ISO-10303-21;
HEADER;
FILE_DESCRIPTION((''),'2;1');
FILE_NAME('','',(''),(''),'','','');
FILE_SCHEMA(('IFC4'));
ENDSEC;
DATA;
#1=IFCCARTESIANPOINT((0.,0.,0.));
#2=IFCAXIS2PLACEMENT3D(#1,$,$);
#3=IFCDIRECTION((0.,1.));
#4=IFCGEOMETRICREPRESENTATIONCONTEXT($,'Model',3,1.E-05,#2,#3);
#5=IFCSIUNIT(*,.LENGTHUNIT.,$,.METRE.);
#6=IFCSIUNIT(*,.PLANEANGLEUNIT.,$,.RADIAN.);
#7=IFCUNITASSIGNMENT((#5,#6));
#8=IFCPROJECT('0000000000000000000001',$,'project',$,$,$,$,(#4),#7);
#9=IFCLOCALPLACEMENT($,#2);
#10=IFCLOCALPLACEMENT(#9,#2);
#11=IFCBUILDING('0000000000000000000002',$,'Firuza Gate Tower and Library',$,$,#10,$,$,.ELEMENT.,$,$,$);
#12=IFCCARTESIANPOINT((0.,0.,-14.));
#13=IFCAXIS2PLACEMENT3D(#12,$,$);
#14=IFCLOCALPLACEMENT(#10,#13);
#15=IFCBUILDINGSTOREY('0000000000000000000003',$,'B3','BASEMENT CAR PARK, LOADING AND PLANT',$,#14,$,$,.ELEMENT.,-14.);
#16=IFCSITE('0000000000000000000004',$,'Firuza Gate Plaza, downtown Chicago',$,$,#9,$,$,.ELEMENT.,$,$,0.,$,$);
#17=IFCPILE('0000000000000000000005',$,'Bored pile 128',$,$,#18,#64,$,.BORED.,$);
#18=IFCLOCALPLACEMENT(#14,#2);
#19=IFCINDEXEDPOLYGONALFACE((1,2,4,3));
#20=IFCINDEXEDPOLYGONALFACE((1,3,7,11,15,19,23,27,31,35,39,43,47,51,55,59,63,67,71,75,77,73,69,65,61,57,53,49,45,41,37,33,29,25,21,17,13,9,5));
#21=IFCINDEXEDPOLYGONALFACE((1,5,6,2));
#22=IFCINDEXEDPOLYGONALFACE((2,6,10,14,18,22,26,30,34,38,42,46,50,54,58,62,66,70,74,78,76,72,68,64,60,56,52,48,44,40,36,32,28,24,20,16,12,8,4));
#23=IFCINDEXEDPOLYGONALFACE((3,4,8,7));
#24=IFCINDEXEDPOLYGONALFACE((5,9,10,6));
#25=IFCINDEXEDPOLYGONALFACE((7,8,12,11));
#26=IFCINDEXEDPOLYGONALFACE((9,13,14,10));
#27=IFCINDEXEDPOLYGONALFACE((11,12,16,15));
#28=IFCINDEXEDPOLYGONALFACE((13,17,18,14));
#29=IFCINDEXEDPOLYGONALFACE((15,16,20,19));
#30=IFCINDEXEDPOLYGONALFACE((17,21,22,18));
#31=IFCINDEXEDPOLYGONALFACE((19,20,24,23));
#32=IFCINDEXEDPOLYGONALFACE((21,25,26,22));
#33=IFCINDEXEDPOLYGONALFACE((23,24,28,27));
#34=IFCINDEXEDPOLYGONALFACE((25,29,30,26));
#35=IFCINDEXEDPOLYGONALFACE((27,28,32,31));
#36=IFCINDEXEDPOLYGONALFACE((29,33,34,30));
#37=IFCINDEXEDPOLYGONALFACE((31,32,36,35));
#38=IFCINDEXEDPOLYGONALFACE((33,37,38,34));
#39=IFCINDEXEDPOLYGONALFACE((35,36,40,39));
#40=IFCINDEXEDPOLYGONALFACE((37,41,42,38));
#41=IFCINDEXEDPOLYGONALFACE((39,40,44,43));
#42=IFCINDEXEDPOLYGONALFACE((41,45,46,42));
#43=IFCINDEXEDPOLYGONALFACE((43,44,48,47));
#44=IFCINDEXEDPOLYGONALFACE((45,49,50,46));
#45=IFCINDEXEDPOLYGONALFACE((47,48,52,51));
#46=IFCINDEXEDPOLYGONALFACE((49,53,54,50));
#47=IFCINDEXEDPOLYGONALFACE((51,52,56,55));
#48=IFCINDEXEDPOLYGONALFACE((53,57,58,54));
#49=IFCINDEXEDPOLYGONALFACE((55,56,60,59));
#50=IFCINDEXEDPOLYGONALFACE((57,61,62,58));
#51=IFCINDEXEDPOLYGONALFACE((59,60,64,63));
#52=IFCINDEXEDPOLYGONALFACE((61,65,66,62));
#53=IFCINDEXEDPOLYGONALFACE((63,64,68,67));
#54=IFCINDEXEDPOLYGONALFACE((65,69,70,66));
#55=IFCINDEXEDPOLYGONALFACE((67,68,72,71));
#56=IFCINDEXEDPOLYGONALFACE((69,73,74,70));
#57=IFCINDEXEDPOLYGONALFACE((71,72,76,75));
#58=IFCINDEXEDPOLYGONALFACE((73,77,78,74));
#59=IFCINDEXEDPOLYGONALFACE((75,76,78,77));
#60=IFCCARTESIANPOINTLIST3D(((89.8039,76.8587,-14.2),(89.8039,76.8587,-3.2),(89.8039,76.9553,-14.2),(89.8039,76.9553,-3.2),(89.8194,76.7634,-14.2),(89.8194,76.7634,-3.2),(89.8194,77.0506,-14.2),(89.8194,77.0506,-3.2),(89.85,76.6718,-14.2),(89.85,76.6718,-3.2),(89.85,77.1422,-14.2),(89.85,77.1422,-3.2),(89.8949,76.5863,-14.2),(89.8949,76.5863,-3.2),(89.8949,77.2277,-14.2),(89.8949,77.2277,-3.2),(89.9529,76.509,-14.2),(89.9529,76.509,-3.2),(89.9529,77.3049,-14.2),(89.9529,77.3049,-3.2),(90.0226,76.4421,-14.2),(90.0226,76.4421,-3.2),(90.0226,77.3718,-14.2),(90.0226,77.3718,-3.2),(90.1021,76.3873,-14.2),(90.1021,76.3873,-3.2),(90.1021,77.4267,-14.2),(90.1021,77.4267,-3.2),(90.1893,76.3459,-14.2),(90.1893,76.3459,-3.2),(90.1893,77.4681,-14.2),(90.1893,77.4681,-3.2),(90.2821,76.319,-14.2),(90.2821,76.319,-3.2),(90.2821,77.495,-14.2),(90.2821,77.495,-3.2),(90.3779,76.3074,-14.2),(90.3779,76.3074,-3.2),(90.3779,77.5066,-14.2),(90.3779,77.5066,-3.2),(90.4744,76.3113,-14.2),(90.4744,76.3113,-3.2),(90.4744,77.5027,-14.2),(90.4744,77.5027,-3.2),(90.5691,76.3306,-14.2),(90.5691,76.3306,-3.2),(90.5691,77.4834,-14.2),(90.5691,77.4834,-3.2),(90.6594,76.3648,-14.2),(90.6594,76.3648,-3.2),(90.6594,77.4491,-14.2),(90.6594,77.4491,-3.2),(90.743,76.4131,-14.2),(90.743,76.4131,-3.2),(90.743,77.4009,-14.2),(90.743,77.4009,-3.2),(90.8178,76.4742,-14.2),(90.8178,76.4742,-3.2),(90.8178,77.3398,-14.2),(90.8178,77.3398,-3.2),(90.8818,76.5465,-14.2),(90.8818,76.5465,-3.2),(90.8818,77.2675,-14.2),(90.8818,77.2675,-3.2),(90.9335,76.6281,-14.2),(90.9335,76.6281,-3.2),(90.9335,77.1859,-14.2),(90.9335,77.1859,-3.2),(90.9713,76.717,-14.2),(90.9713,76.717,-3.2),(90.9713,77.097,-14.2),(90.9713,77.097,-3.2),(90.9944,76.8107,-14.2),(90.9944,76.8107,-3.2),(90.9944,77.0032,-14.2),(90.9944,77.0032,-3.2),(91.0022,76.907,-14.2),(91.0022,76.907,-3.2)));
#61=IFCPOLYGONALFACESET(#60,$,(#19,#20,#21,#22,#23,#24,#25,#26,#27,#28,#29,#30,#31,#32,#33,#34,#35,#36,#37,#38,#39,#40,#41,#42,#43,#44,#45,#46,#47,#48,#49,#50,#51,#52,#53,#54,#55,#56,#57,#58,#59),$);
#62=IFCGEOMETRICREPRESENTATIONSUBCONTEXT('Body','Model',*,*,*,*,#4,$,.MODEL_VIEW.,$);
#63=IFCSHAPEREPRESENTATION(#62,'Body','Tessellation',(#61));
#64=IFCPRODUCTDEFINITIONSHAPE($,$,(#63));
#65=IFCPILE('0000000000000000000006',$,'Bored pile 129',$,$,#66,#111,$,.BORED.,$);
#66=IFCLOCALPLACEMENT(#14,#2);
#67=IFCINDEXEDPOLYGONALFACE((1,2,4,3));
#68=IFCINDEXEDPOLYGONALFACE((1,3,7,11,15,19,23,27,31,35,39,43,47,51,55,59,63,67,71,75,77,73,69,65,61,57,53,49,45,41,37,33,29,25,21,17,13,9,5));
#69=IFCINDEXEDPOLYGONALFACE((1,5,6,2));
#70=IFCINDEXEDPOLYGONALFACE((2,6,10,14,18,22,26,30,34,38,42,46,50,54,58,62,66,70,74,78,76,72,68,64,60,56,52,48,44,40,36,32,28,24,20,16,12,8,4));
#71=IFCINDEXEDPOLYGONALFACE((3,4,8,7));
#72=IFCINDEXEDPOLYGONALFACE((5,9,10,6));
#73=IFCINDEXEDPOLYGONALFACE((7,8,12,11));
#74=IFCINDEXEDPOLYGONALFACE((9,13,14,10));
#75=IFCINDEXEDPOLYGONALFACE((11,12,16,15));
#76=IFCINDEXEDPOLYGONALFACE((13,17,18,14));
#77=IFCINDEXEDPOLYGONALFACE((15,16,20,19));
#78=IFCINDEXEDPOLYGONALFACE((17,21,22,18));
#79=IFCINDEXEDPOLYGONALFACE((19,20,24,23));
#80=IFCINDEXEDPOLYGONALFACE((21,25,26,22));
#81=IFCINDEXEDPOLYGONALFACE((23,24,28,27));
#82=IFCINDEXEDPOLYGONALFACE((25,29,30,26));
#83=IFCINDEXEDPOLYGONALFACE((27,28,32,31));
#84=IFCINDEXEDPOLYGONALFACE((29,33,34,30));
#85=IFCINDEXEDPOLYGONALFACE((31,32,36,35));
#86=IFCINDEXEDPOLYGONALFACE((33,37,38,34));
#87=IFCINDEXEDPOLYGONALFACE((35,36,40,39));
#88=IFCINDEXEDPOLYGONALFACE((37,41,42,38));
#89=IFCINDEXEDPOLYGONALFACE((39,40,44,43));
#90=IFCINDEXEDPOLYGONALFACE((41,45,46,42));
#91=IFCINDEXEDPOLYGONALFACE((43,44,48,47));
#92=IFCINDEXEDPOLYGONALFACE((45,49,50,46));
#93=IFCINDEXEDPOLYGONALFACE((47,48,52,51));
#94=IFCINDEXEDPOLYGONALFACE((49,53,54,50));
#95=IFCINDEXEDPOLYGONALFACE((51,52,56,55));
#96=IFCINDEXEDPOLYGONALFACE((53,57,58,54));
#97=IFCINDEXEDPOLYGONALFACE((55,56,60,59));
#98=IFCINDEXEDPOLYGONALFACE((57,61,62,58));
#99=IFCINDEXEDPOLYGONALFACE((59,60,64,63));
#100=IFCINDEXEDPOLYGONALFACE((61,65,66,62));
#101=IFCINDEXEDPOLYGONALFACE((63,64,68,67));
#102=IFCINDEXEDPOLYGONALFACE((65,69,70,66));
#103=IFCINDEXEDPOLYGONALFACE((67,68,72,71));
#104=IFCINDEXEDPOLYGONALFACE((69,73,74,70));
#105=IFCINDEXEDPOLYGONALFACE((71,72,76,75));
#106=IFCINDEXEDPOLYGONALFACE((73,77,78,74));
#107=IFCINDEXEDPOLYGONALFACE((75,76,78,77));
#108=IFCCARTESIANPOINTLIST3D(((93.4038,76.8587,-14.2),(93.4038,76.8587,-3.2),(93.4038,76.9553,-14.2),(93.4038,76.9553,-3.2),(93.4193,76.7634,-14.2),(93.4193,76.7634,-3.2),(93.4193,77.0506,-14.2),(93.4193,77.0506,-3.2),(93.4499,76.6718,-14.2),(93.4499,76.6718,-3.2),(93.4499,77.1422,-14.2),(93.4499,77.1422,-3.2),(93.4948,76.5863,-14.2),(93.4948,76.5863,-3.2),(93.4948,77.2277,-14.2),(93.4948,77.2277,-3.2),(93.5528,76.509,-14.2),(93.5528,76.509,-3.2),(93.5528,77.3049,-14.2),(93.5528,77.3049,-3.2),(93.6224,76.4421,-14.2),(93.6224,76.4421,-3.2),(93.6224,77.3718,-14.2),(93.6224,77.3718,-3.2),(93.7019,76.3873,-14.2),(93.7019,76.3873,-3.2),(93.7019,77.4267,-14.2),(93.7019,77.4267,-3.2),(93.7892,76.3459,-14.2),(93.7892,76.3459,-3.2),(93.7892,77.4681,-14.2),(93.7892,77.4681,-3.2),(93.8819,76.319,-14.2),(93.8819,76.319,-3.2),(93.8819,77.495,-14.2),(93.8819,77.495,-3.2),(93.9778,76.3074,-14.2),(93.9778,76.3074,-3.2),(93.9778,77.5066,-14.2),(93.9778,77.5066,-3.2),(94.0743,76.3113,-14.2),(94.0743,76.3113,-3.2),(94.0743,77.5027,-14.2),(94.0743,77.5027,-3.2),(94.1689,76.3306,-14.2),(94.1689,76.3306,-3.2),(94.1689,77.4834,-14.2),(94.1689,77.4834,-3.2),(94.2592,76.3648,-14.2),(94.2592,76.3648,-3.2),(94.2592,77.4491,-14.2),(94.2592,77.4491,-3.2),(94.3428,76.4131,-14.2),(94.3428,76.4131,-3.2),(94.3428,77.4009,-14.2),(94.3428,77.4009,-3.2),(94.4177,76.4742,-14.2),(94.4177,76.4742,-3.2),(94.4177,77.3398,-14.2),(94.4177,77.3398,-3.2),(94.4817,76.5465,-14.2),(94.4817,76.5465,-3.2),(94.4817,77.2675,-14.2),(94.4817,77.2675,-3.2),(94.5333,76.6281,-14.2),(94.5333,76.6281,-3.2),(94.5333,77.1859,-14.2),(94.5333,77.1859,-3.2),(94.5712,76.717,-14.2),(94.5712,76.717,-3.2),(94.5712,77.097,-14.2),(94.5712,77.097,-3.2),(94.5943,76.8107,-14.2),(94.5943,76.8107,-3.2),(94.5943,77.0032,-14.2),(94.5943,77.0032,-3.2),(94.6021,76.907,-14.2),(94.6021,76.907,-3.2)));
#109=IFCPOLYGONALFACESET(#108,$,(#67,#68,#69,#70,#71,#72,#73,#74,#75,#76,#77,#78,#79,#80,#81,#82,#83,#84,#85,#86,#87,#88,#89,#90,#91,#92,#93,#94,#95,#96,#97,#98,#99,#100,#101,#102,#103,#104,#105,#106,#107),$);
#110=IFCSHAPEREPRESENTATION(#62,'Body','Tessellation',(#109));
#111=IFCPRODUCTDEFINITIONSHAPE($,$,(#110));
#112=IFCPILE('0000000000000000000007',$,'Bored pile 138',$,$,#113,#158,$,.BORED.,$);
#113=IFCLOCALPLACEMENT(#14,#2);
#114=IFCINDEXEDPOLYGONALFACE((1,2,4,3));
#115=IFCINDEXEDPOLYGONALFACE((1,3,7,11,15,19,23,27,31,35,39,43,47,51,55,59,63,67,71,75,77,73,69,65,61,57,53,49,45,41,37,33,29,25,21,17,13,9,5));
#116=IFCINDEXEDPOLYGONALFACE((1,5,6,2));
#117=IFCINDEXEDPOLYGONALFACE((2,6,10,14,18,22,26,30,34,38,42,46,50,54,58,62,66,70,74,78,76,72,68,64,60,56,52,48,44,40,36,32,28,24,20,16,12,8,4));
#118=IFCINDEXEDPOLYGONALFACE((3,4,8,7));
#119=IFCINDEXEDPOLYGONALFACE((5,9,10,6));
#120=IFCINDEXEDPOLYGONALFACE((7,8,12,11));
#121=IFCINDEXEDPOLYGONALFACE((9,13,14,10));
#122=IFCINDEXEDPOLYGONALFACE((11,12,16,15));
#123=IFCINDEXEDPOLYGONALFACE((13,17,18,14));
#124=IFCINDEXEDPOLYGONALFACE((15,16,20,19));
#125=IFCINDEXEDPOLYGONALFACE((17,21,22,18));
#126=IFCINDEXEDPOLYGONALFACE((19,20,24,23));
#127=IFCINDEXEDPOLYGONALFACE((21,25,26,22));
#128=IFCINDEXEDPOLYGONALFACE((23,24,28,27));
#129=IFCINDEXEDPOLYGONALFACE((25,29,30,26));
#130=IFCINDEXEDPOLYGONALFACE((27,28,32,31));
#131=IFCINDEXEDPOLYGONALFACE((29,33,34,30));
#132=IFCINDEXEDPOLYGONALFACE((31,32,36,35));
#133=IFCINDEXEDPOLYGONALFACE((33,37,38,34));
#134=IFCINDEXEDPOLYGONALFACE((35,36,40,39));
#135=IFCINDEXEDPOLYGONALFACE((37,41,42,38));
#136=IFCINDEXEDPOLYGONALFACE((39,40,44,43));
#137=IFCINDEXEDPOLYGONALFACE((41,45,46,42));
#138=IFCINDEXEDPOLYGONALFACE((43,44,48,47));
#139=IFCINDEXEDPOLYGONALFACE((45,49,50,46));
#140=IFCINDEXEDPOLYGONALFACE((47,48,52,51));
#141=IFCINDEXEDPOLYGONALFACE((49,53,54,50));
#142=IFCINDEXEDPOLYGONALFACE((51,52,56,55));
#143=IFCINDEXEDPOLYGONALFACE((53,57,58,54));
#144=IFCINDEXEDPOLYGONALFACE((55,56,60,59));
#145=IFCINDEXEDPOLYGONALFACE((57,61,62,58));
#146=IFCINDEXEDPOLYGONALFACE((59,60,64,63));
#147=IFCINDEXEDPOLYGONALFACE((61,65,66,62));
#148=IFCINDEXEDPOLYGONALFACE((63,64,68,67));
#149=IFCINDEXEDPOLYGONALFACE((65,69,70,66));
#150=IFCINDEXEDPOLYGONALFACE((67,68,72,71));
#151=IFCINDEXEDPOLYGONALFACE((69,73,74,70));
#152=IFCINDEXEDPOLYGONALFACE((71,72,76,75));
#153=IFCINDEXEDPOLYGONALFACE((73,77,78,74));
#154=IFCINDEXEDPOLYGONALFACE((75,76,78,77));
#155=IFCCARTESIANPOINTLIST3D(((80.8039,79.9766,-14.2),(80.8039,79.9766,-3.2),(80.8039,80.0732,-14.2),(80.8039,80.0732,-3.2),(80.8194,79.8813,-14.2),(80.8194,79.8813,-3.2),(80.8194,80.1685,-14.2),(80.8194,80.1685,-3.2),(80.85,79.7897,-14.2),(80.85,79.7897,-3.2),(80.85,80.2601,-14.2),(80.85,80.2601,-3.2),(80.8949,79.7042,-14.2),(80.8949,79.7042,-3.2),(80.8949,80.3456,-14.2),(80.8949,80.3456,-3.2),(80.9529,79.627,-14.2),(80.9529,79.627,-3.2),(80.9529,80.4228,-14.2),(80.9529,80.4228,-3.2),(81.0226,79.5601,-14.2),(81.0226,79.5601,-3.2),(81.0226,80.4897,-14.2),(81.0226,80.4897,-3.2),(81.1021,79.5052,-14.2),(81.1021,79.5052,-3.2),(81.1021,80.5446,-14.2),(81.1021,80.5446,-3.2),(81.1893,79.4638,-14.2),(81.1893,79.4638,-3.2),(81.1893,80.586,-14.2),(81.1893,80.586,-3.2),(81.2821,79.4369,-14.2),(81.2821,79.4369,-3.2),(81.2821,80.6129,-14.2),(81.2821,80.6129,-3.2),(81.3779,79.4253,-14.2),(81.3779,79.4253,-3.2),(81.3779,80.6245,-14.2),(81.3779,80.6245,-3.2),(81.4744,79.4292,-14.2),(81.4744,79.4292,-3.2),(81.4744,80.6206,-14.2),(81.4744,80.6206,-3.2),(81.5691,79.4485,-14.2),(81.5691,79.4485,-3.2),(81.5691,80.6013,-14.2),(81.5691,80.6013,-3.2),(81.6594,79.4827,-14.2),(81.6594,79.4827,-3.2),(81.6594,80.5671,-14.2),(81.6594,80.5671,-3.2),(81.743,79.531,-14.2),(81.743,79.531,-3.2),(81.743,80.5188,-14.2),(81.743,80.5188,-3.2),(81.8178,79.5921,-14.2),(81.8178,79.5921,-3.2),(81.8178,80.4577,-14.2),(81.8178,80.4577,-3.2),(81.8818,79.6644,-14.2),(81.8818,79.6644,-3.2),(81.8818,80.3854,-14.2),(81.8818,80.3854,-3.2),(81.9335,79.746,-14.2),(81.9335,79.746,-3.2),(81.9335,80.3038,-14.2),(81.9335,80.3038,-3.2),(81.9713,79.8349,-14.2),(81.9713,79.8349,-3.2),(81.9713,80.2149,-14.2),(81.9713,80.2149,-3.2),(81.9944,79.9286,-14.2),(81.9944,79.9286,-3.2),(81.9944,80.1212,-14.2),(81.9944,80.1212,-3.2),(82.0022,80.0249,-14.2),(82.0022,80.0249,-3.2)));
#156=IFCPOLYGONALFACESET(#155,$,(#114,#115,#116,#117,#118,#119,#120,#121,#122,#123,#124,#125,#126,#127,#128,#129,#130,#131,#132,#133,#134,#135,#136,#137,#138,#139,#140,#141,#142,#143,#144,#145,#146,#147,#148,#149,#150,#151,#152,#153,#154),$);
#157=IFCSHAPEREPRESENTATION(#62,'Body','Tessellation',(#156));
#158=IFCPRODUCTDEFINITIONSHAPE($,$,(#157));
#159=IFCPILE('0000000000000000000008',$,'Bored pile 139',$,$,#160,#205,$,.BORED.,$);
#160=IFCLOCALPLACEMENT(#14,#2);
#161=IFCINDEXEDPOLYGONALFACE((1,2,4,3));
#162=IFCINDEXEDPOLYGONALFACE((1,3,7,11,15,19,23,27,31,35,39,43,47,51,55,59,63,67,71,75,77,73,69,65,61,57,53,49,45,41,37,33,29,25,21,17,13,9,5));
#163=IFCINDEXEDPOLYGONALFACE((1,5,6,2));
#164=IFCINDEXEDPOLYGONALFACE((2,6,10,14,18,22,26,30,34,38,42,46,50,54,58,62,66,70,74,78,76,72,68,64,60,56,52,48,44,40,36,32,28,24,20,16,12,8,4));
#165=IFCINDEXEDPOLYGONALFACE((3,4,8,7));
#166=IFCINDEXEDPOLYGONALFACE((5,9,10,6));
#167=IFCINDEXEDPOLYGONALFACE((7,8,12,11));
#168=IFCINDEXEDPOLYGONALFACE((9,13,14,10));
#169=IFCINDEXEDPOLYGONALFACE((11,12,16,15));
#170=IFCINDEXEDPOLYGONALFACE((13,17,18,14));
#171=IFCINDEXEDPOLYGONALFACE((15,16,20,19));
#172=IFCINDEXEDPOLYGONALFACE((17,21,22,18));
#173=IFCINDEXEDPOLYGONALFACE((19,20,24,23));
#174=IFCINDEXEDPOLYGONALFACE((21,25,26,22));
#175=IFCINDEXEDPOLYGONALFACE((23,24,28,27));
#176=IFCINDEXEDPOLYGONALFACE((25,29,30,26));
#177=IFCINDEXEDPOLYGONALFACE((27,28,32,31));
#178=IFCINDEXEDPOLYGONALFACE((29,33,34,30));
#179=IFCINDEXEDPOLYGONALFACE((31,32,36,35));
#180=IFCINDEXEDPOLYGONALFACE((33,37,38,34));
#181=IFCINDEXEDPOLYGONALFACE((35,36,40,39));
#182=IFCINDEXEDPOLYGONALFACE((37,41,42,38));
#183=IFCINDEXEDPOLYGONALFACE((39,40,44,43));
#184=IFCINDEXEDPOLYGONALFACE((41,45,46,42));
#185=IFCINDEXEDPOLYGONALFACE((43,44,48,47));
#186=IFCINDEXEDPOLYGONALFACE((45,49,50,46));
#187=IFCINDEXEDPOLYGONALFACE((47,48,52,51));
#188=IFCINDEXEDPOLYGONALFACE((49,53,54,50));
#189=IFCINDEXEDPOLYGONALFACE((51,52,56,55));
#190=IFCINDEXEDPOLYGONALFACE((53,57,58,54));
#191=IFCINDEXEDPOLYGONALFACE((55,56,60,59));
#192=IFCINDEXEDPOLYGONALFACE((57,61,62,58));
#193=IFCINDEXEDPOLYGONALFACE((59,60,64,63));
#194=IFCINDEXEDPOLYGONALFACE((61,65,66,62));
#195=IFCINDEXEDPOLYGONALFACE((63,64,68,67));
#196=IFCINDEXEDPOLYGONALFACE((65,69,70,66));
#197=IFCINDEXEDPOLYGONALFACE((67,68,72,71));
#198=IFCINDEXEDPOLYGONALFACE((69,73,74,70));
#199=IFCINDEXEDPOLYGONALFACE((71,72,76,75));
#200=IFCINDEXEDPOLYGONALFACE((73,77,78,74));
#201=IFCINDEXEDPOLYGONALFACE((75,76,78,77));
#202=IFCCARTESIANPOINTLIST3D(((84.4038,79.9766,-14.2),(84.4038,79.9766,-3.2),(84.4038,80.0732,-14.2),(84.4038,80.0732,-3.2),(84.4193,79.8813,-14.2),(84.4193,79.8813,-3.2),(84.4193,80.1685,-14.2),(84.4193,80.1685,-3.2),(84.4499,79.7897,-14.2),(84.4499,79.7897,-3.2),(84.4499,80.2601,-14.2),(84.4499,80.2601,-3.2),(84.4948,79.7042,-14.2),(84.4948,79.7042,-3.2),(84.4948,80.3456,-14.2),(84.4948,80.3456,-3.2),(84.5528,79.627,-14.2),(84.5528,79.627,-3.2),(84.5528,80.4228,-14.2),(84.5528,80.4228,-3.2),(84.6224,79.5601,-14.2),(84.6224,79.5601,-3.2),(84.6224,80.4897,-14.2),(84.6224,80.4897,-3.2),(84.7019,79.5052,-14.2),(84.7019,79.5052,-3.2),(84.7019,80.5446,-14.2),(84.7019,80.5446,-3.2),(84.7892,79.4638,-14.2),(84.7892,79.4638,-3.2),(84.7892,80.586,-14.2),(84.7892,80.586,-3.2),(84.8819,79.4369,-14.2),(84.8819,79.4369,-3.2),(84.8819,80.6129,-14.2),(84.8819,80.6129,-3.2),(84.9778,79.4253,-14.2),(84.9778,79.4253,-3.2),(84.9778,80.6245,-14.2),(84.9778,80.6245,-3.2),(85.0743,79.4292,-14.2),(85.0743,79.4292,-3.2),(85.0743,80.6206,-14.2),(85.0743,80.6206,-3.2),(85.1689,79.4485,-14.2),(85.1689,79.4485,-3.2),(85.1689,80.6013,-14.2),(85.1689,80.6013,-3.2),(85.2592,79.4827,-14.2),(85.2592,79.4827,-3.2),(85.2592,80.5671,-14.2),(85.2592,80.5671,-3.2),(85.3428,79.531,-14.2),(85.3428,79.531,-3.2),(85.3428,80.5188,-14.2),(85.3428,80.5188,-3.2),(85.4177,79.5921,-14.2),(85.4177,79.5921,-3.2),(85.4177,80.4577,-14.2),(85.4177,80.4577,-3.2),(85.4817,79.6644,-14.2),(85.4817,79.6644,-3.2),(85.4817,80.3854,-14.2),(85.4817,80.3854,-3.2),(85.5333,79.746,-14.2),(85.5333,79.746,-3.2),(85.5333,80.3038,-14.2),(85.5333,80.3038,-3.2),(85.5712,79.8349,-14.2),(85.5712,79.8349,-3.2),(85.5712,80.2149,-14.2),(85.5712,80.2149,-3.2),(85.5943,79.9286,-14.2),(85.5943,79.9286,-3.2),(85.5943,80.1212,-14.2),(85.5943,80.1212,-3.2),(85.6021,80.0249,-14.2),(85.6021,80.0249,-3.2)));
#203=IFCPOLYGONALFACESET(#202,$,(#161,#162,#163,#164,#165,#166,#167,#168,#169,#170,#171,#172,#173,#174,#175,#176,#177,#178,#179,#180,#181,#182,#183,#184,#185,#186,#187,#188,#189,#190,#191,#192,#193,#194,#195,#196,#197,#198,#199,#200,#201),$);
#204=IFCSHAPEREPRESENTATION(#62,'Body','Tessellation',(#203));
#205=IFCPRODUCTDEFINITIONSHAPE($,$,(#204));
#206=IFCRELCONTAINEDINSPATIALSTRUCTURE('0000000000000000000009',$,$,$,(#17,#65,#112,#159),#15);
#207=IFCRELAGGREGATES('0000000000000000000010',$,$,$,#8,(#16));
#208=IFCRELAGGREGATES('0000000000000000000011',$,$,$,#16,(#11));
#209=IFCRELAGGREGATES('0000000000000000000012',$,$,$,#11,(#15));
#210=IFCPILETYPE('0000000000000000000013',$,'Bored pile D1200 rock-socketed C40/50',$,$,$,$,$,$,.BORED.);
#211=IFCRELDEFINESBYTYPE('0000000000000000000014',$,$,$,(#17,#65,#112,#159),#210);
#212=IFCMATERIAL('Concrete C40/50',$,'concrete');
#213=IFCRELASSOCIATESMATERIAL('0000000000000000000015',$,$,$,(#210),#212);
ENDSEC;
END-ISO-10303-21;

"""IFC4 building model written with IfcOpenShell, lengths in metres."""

from ifc_helpers import new_model, si_unit, direction, frame, origin, origin_2d, place, context, subcontext, project, spatial, circle, extrude, material, material_profile, profile_set, type_object, element, save


model = new_model("IFC4")

# Units and contexts
model_context = context("Model", 3, precision=1e-05, world=origin(), true_north=direction((0.0, 1.0)))
body_context = subcontext(model_context, "Body", "Model", "MODEL_VIEW")
ifc_project = project(units=[si_unit("LENGTHUNIT", "METRE"), si_unit("PLANEANGLEUNIT", "RADIAN")], contexts=[model_context])

# Site, building, storey
site_placement = place(None, origin())
site = spatial("IfcSite", under=ifc_project, at=site_placement, Name="Firuza Gate Plaza, downtown Chicago", CompositionType="ELEMENT", RefElevation=0.0)
building_placement = place(site_placement, origin())
building = spatial("IfcBuilding", under=site, at=building_placement, Name="Firuza Gate Tower and Library", CompositionType="ELEMENT")
storey_placement = place(building_placement, frame((0.0, 0.0, -14.0)))
storey = spatial("IfcBuildingStorey", under=building, at=storey_placement, Name="B3", Description="BASEMENT CAR PARK, LOADING AND PLANT", CompositionType="ELEMENT", Elevation=-14.0)

# Piles
ifc_material_1 = material(Name="Concrete C40/50", Category="concrete")
ifc_material_profile_1 = material_profile(ifc_material_1, circle(Radius=0.6001, at=origin_2d()))
ifc_profile_set_1 = profile_set([ifc_material_profile_1], Name="Concrete C40/50")
pile_type = type_object("IfcPileType", Name="Bored pile D1200 rock-socketed C40/50", PredefinedType="BORED", material=ifc_profile_set_1)
for number, where, z_axis, x_axis, name in (
    (1, (90.4021, 76.907, -3.2), (0.0, 0.0, -1.0), (1.0, 0.0, 0.0), "Bored pile 128"),
    (2, (94.002, 76.907, -3.2), (0.0, 0.0, -1.0), (1.0, 0.0, 0.0), "Bored pile 129"),
    (3, (81.4021, 80.0249, -3.2), (0.0, 0.0, -1.0), (1.0, 0.0, 0.0), "Bored pile 138"),
    (4, (85.002, 80.0249, -3.2), (0.0, 0.0, -1.0), (1.0, 0.0, 0.0), "Bored pile 139"),
):
    element("IfcPile", number, at=place(storey_placement, frame(where, z_axis=z_axis, x_axis=x_axis)), inside=storey, type_object=pile_type, Name=name, PredefinedType="BORED", context=body_context, shape_type="SweptSolid", body=[
        extrude(circle(Radius=0.6001, at=origin_2d()), origin(), (0.0, 0.0, 1.0), 11.0),
    ])

save(model, "model.ifc")
